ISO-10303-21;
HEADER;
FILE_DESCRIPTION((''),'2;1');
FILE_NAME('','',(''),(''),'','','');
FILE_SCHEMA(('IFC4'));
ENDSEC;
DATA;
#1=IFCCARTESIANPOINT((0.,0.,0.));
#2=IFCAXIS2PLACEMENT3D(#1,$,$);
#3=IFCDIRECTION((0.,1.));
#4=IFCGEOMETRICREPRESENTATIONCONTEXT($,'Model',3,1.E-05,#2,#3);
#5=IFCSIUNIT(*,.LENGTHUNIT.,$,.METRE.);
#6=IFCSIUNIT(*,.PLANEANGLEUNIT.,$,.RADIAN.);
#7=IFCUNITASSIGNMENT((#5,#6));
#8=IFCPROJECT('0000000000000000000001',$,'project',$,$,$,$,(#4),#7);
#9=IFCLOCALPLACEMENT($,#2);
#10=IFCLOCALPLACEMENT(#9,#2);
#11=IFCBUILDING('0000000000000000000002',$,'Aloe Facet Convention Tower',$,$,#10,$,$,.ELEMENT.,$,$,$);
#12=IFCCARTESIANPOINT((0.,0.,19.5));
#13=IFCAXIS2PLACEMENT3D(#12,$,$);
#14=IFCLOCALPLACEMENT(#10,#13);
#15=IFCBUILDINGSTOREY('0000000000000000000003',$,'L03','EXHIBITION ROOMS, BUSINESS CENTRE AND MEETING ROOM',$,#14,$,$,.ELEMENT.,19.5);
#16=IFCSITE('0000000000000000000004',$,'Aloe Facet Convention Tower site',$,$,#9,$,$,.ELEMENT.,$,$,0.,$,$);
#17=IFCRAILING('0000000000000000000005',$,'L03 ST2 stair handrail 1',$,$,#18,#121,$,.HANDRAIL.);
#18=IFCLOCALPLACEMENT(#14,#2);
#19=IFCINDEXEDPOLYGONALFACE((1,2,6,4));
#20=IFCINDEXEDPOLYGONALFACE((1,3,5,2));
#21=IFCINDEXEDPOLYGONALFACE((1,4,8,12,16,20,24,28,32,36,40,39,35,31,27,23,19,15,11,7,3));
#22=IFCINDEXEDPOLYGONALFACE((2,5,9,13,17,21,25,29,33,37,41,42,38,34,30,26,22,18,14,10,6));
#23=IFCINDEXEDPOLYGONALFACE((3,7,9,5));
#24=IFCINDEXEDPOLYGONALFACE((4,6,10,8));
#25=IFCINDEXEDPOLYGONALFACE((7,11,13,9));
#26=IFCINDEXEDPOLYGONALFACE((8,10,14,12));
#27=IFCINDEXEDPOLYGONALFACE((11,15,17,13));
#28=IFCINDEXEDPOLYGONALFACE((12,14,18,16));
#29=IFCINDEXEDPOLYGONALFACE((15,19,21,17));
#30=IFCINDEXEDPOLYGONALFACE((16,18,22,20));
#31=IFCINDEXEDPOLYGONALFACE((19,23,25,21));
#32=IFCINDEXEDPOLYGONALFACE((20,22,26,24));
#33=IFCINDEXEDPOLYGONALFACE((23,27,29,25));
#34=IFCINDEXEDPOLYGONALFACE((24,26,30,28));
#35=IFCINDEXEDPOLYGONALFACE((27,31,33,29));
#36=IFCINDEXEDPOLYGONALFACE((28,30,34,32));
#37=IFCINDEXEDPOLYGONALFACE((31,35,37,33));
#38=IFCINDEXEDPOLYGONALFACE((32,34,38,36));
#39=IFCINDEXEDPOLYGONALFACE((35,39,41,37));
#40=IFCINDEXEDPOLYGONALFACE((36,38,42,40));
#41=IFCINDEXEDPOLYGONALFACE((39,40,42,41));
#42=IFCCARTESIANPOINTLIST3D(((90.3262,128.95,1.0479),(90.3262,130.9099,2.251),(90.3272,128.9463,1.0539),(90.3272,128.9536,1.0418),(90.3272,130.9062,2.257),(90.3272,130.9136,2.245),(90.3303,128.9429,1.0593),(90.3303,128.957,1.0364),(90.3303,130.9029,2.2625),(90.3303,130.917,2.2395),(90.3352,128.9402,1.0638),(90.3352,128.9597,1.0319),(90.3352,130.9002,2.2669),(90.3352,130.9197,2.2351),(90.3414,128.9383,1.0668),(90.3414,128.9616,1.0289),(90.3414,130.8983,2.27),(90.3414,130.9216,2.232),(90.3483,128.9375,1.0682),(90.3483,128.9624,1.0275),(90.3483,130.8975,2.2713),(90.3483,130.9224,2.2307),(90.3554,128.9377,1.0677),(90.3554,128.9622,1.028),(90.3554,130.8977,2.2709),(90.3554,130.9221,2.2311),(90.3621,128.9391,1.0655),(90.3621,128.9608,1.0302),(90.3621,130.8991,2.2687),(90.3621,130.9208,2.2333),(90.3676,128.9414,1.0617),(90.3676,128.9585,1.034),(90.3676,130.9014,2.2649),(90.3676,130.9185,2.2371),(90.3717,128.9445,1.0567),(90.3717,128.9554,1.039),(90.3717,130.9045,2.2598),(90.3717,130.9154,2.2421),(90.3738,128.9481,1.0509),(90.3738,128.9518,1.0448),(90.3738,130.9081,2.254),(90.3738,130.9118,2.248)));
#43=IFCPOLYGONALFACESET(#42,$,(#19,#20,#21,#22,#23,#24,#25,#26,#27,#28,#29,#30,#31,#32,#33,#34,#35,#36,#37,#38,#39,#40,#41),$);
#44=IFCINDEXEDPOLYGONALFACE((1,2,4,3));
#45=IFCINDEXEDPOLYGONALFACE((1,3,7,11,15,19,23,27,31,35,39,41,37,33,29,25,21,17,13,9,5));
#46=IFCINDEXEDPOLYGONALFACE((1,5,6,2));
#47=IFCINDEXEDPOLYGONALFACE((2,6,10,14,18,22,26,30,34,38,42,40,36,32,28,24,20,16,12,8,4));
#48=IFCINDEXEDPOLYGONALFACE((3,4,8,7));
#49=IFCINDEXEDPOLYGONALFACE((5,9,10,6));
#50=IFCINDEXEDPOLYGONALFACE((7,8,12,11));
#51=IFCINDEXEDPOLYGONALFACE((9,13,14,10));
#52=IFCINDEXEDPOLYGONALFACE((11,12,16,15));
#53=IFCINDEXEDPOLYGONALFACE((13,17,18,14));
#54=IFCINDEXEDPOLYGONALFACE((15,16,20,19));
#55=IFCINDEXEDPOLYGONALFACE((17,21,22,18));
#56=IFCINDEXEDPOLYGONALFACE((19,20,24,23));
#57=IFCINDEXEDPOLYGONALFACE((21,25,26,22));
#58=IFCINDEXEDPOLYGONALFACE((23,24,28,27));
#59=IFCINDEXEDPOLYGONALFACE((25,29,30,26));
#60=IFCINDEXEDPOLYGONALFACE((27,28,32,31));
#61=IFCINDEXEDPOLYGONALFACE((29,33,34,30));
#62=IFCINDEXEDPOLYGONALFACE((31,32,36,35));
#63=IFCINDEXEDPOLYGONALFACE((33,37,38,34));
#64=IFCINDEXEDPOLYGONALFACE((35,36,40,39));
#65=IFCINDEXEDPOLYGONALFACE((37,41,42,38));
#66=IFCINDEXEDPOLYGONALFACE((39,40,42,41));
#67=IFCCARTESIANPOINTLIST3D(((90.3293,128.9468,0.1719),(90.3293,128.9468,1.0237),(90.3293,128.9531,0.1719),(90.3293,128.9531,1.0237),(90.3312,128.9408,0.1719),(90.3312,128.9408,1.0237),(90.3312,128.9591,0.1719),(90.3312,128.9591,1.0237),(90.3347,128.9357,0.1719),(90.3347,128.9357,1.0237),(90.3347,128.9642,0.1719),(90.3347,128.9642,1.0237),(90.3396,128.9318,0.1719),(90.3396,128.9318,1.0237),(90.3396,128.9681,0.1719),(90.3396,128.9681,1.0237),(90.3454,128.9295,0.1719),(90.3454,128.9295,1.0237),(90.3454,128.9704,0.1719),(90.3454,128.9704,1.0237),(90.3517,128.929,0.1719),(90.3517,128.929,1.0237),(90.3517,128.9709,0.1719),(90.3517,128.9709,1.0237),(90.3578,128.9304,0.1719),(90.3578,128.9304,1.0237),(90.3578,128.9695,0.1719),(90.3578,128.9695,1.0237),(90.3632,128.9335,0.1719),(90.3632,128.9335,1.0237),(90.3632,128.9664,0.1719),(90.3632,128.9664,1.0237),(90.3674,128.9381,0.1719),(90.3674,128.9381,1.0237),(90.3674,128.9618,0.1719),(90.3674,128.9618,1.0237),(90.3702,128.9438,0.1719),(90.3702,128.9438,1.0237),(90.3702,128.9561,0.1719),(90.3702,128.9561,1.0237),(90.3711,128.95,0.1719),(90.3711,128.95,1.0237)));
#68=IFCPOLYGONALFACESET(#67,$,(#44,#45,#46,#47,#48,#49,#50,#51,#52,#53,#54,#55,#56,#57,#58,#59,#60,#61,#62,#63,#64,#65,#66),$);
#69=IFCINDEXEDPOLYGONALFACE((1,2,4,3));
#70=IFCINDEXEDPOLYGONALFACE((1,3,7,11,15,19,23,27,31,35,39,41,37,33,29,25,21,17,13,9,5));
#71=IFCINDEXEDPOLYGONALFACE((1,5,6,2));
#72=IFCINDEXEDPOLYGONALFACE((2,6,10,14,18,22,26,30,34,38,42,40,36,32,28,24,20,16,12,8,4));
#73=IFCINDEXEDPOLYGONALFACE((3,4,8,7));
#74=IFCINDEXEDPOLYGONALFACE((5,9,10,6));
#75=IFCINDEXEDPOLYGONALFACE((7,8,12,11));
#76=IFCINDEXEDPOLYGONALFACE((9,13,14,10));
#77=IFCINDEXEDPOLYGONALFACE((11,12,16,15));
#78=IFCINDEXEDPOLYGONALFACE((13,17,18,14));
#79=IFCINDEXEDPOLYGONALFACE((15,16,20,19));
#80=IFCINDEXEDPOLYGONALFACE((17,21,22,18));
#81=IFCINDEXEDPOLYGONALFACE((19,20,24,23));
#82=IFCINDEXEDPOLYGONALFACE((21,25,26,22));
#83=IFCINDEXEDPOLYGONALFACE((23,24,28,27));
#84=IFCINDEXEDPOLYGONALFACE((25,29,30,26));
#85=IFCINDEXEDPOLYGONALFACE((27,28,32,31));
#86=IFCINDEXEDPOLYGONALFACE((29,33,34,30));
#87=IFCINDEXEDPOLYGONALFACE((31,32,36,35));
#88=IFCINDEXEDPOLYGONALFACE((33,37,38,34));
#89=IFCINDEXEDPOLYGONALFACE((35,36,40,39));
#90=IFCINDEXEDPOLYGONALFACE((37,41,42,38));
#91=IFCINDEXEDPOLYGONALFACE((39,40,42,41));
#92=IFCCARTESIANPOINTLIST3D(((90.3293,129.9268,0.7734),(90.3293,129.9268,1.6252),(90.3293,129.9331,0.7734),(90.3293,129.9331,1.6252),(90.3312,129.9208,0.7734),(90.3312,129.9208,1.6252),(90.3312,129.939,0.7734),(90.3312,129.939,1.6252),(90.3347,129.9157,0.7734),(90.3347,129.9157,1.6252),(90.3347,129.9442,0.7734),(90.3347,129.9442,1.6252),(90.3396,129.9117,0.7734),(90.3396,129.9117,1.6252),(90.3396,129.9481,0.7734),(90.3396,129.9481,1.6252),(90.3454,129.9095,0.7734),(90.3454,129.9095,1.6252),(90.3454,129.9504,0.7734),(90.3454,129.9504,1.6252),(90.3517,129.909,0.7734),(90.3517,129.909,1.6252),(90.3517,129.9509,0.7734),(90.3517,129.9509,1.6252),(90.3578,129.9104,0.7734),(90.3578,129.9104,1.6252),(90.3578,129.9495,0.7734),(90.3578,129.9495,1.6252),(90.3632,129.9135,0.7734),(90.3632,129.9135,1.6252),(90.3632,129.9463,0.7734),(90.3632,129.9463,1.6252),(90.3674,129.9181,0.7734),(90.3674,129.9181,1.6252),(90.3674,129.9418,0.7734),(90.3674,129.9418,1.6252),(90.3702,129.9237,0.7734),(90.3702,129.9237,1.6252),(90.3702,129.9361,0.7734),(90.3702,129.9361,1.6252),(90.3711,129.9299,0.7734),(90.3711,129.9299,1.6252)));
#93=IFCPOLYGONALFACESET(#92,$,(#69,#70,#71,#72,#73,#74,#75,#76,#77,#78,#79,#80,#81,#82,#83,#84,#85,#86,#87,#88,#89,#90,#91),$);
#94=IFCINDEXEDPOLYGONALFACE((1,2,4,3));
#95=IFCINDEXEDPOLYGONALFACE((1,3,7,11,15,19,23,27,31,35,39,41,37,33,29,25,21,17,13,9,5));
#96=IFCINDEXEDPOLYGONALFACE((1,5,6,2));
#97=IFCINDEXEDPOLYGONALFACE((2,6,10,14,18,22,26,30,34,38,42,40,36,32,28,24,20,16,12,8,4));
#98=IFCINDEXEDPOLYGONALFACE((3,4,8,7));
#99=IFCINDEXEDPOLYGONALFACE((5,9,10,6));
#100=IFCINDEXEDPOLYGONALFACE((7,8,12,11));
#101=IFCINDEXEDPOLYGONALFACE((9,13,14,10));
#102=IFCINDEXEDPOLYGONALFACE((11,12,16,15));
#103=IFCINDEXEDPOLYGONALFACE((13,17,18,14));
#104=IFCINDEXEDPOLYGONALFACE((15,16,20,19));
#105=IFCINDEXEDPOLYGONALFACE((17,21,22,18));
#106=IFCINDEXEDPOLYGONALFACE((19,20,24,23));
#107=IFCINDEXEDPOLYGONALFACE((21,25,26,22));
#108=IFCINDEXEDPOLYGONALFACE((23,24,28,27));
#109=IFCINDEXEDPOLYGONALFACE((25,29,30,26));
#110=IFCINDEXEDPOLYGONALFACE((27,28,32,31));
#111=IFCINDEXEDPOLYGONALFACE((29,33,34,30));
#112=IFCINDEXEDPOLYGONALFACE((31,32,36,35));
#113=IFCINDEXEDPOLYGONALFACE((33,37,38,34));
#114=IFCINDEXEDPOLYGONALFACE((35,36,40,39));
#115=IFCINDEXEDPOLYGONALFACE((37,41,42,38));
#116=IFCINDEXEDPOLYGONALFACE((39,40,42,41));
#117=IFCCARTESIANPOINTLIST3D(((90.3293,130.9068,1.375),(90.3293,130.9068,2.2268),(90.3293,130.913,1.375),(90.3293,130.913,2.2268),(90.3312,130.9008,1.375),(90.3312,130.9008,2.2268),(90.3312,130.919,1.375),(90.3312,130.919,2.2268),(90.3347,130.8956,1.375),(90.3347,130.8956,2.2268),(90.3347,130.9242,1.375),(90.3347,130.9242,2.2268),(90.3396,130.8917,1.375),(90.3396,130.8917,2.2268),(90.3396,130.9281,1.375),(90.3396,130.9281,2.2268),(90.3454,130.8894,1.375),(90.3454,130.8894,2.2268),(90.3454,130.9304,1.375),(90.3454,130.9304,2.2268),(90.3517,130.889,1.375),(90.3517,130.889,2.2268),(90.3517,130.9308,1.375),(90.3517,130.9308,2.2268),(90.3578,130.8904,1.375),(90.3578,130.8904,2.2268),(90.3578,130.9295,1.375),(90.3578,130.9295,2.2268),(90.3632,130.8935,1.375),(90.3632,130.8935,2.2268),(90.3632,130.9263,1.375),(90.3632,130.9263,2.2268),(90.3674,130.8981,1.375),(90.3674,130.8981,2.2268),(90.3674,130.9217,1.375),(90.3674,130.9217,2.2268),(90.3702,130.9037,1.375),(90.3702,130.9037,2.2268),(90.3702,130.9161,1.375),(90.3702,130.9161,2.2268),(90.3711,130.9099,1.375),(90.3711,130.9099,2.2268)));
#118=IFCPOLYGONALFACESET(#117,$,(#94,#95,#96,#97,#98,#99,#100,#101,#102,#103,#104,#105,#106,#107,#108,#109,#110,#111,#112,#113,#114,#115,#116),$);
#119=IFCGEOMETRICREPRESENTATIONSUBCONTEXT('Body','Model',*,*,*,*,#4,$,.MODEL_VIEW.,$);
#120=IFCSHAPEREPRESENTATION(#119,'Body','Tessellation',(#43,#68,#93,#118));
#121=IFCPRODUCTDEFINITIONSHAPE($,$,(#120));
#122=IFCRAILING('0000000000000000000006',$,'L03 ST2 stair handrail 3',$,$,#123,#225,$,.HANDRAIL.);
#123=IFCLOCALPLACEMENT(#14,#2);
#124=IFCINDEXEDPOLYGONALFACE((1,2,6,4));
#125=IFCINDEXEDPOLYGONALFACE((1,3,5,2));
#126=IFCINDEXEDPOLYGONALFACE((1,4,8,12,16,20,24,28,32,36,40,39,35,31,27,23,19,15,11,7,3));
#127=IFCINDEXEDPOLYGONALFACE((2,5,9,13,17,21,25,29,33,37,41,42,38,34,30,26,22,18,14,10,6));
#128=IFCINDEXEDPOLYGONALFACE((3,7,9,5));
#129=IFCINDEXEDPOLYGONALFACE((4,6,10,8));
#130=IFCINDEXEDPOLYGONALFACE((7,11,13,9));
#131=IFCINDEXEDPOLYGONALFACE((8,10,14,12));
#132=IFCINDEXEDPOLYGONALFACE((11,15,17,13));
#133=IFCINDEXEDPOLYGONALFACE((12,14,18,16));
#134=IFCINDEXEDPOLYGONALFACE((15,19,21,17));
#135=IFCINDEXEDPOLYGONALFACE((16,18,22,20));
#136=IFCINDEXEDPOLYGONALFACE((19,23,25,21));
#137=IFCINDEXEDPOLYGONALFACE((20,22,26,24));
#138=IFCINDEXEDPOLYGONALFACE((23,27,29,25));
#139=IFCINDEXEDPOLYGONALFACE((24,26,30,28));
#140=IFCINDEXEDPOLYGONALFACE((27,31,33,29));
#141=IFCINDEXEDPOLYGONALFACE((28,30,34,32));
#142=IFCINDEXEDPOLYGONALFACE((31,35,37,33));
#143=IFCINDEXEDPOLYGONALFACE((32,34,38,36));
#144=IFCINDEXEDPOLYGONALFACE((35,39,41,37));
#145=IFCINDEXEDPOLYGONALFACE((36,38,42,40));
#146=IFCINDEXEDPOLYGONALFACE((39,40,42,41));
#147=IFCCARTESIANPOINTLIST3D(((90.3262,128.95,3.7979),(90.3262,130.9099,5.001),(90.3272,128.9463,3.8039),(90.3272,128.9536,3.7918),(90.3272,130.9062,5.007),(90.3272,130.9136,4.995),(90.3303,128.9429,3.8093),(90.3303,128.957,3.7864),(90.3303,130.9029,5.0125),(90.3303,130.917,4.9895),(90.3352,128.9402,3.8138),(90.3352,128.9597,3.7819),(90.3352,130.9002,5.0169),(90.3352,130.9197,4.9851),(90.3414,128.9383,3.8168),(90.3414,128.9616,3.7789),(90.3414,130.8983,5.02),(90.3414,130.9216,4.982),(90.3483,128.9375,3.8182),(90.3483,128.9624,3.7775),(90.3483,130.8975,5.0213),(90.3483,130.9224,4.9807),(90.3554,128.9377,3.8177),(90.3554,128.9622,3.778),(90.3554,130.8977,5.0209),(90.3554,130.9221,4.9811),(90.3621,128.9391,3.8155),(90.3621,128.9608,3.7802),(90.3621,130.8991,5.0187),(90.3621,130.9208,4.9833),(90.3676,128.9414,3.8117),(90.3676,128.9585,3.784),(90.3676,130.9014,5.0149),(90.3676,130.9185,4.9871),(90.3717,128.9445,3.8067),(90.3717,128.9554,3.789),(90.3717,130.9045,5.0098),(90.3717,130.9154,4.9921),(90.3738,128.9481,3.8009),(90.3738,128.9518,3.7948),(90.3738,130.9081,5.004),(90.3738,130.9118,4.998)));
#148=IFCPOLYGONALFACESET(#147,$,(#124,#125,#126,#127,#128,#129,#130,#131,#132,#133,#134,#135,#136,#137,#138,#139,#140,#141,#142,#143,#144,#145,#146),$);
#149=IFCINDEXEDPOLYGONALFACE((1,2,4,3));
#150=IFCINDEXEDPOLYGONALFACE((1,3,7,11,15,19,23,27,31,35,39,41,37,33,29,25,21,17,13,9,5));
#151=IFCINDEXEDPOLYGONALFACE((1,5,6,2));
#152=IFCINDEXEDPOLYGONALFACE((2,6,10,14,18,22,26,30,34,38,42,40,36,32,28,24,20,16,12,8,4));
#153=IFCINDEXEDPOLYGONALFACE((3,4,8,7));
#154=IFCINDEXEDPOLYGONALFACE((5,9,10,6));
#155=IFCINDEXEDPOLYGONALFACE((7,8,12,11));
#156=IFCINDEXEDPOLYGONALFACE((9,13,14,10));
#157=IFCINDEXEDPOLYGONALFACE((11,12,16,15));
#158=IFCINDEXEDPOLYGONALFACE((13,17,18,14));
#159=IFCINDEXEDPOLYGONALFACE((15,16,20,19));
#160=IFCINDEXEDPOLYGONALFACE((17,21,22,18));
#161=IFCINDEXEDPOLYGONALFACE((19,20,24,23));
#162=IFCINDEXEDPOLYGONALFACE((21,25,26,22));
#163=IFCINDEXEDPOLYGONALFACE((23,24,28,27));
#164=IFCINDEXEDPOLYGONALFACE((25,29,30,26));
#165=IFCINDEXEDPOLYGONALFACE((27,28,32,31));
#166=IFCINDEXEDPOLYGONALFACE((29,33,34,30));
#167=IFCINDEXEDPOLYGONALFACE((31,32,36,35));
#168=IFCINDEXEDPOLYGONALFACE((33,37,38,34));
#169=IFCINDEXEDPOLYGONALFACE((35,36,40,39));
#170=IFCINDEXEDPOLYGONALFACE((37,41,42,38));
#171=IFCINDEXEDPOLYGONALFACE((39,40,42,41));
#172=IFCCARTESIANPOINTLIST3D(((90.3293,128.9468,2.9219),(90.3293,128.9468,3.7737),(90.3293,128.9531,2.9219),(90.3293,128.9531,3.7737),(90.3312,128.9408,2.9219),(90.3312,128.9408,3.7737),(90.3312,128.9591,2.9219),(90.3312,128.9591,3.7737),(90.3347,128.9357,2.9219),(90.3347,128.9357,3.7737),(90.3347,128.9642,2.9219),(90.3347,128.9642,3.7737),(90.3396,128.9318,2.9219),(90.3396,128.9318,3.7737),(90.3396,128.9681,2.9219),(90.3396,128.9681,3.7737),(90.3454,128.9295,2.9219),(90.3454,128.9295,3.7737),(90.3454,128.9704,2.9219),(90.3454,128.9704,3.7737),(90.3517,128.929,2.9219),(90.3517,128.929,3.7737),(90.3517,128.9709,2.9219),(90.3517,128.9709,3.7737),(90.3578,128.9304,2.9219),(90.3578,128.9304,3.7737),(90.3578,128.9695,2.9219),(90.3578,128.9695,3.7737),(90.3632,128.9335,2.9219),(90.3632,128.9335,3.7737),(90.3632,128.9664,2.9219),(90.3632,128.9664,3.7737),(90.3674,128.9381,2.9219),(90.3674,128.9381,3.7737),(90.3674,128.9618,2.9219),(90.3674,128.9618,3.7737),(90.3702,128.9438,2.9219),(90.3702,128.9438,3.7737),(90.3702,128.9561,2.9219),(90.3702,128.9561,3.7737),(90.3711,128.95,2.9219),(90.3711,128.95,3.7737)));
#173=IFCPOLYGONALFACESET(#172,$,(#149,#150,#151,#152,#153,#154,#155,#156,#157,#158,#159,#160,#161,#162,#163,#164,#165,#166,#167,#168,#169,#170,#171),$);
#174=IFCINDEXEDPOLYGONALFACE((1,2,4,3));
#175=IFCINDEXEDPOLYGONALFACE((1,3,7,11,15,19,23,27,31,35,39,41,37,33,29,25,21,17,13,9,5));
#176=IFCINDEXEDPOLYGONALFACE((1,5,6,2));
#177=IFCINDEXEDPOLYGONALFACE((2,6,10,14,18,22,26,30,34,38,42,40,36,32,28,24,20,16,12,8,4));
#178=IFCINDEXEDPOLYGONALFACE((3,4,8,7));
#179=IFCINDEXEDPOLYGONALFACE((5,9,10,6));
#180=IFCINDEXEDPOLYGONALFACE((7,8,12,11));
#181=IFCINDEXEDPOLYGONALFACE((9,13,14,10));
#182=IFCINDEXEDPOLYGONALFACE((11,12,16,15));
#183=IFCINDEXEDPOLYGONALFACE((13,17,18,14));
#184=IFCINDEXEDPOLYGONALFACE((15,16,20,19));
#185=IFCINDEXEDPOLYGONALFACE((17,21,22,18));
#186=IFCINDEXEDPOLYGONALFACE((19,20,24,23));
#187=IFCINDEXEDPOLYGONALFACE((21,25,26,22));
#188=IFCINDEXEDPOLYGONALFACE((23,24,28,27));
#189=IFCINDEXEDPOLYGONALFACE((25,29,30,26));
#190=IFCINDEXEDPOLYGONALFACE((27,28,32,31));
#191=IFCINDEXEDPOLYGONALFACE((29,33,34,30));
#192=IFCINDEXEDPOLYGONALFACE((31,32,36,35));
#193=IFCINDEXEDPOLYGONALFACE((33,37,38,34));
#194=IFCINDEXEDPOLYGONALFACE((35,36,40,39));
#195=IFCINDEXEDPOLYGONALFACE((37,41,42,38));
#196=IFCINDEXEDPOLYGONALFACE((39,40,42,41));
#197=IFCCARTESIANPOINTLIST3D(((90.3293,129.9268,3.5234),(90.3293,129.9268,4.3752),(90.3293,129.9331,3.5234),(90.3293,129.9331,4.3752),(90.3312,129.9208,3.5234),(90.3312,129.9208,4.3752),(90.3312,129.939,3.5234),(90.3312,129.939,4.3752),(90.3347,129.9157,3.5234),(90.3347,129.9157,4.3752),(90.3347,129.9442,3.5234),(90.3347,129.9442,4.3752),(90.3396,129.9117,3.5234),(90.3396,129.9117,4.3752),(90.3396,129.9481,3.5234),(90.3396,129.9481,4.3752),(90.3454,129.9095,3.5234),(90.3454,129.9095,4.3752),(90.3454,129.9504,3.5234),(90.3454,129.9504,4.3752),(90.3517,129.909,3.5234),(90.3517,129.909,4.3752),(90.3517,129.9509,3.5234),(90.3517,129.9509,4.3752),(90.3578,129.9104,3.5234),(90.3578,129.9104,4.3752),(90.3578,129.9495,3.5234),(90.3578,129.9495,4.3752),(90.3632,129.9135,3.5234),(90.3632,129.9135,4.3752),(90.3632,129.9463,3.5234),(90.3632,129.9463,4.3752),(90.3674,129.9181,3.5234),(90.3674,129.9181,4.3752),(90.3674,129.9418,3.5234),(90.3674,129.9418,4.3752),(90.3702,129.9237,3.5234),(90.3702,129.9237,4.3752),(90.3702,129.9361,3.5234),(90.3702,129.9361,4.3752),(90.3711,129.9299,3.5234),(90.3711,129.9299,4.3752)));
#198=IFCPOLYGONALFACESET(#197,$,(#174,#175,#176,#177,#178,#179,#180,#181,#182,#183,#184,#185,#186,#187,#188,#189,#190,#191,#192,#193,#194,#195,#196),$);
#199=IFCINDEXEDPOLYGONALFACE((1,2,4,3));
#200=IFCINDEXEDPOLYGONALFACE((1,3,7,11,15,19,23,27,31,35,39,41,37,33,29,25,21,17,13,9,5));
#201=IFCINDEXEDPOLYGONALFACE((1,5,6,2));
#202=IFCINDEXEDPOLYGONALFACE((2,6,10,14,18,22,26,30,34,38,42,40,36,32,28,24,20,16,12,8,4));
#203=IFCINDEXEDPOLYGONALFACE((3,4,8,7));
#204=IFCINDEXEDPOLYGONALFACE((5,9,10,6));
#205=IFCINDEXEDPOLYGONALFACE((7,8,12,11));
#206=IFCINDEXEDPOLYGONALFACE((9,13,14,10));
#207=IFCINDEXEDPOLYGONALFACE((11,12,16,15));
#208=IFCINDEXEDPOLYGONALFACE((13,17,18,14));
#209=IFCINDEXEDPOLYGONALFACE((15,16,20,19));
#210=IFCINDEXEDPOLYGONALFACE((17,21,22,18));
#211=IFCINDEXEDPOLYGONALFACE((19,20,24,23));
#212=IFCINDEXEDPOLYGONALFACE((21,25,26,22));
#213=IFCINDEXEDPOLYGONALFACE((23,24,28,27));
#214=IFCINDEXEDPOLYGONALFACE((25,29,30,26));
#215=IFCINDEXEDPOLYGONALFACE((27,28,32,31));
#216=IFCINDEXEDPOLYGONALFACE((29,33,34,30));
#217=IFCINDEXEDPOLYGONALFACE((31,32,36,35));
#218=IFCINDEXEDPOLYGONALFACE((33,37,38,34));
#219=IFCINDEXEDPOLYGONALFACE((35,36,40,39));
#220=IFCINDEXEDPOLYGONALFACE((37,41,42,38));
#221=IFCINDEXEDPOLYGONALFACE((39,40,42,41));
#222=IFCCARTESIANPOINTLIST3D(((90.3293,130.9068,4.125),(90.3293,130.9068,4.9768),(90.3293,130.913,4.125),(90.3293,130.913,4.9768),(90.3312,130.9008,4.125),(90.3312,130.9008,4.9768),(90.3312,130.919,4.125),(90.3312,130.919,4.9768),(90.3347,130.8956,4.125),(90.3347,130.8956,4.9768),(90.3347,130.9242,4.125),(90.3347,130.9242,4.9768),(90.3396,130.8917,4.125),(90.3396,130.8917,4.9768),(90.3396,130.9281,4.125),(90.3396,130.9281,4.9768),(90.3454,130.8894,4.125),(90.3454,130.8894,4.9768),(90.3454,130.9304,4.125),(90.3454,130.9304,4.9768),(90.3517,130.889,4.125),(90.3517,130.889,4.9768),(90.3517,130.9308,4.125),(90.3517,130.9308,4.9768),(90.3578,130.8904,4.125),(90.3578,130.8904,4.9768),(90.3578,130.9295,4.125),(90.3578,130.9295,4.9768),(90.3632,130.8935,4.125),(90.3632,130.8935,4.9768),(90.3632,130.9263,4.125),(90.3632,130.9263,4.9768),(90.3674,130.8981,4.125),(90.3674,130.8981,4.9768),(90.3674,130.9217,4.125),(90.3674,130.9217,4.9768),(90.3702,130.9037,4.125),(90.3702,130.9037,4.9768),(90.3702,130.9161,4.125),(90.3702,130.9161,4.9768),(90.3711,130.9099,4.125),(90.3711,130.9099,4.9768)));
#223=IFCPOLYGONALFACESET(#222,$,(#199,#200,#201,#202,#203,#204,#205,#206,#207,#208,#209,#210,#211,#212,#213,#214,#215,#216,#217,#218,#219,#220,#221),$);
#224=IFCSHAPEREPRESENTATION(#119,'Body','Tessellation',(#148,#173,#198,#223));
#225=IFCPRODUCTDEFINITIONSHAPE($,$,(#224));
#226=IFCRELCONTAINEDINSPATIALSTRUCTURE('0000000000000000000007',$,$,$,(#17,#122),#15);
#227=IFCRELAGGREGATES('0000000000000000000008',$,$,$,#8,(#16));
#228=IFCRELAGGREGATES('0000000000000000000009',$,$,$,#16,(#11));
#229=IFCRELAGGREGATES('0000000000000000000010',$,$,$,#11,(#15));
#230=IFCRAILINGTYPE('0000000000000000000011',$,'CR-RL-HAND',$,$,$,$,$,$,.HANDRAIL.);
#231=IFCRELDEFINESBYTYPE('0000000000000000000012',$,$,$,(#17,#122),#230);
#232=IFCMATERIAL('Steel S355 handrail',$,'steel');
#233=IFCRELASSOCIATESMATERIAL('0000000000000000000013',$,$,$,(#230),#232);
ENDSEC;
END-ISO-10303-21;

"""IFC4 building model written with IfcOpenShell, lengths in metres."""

from ifc_helpers import new_model, si_unit, direction, frame, origin, origin_2d, place, context, subcontext, project, spatial, circle, extrude, material, type_object, element, save


model = new_model("IFC4")

# Units and contexts
model_context = context("Model", 3, precision=1e-05, world=origin(), true_north=direction((0.0, 1.0)))
body_context = subcontext(model_context, "Body", "Model", "MODEL_VIEW")
ifc_project = project(units=[si_unit("LENGTHUNIT", "METRE"), si_unit("PLANEANGLEUNIT", "RADIAN")], contexts=[model_context])

# Site, building, storey
site_placement = place(None, origin())
site = spatial("IfcSite", under=ifc_project, at=site_placement, Name="Aloe Facet Convention Tower site", CompositionType="ELEMENT", RefElevation=0.0)
building_placement = place(site_placement, origin())
building = spatial("IfcBuilding", under=site, at=building_placement, Name="Aloe Facet Convention Tower", CompositionType="ELEMENT")
storey_placement = place(building_placement, frame((0.0, 0.0, 19.5)))
storey = spatial("IfcBuildingStorey", under=building, at=storey_placement, Name="L03", Description="EXHIBITION ROOMS, BUSINESS CENTRE AND MEETING ROOM", CompositionType="ELEMENT", Elevation=19.5)

# Railings
ifc_material_1 = material(Name="Steel S355 handrail", Category="steel")
railing_type = type_object("IfcRailingType", Name="CR-RL-HAND", PredefinedType="HANDRAIL", material=ifc_material_1)
for number, where, name in (
    (1, (90.3501, 128.95, 0.1719), "L03 ST2 stair handrail 1"),
    (2, (90.3501, 128.95, 2.9219), "L03 ST2 stair handrail 3"),
):
    element("IfcRailing", number, at=place(storey_placement, frame(where)), inside=storey, type_object=railing_type, Name=name, PredefinedType="HANDRAIL", context=body_context, shape_type="SweptSolid", body=[
        extrude(circle(Radius=0.0239, at=origin_2d()), frame((0.0, 0.0, 0.876), z_axis=(0.0, 0.852241, 0.523149), x_axis=(-1.0, 0.0, 0.0)), (0.0, 0.0, 1.0), 2.2998),
        extrude(circle(Radius=0.021, at=origin_2d()), origin(), (0.0, 0.0, 1.0), 0.8518),
        extrude(circle(Radius=0.021, at=origin_2d()), frame((0.0, 0.98, 0.6016)), (0.0, 0.0, 1.0), 0.8518),
        extrude(circle(Radius=0.021, at=origin_2d()), frame((0.0, 1.96, 1.2031)), (0.0, 0.0, 1.0), 0.8518),
    ])

save(model, "model.ifc")
